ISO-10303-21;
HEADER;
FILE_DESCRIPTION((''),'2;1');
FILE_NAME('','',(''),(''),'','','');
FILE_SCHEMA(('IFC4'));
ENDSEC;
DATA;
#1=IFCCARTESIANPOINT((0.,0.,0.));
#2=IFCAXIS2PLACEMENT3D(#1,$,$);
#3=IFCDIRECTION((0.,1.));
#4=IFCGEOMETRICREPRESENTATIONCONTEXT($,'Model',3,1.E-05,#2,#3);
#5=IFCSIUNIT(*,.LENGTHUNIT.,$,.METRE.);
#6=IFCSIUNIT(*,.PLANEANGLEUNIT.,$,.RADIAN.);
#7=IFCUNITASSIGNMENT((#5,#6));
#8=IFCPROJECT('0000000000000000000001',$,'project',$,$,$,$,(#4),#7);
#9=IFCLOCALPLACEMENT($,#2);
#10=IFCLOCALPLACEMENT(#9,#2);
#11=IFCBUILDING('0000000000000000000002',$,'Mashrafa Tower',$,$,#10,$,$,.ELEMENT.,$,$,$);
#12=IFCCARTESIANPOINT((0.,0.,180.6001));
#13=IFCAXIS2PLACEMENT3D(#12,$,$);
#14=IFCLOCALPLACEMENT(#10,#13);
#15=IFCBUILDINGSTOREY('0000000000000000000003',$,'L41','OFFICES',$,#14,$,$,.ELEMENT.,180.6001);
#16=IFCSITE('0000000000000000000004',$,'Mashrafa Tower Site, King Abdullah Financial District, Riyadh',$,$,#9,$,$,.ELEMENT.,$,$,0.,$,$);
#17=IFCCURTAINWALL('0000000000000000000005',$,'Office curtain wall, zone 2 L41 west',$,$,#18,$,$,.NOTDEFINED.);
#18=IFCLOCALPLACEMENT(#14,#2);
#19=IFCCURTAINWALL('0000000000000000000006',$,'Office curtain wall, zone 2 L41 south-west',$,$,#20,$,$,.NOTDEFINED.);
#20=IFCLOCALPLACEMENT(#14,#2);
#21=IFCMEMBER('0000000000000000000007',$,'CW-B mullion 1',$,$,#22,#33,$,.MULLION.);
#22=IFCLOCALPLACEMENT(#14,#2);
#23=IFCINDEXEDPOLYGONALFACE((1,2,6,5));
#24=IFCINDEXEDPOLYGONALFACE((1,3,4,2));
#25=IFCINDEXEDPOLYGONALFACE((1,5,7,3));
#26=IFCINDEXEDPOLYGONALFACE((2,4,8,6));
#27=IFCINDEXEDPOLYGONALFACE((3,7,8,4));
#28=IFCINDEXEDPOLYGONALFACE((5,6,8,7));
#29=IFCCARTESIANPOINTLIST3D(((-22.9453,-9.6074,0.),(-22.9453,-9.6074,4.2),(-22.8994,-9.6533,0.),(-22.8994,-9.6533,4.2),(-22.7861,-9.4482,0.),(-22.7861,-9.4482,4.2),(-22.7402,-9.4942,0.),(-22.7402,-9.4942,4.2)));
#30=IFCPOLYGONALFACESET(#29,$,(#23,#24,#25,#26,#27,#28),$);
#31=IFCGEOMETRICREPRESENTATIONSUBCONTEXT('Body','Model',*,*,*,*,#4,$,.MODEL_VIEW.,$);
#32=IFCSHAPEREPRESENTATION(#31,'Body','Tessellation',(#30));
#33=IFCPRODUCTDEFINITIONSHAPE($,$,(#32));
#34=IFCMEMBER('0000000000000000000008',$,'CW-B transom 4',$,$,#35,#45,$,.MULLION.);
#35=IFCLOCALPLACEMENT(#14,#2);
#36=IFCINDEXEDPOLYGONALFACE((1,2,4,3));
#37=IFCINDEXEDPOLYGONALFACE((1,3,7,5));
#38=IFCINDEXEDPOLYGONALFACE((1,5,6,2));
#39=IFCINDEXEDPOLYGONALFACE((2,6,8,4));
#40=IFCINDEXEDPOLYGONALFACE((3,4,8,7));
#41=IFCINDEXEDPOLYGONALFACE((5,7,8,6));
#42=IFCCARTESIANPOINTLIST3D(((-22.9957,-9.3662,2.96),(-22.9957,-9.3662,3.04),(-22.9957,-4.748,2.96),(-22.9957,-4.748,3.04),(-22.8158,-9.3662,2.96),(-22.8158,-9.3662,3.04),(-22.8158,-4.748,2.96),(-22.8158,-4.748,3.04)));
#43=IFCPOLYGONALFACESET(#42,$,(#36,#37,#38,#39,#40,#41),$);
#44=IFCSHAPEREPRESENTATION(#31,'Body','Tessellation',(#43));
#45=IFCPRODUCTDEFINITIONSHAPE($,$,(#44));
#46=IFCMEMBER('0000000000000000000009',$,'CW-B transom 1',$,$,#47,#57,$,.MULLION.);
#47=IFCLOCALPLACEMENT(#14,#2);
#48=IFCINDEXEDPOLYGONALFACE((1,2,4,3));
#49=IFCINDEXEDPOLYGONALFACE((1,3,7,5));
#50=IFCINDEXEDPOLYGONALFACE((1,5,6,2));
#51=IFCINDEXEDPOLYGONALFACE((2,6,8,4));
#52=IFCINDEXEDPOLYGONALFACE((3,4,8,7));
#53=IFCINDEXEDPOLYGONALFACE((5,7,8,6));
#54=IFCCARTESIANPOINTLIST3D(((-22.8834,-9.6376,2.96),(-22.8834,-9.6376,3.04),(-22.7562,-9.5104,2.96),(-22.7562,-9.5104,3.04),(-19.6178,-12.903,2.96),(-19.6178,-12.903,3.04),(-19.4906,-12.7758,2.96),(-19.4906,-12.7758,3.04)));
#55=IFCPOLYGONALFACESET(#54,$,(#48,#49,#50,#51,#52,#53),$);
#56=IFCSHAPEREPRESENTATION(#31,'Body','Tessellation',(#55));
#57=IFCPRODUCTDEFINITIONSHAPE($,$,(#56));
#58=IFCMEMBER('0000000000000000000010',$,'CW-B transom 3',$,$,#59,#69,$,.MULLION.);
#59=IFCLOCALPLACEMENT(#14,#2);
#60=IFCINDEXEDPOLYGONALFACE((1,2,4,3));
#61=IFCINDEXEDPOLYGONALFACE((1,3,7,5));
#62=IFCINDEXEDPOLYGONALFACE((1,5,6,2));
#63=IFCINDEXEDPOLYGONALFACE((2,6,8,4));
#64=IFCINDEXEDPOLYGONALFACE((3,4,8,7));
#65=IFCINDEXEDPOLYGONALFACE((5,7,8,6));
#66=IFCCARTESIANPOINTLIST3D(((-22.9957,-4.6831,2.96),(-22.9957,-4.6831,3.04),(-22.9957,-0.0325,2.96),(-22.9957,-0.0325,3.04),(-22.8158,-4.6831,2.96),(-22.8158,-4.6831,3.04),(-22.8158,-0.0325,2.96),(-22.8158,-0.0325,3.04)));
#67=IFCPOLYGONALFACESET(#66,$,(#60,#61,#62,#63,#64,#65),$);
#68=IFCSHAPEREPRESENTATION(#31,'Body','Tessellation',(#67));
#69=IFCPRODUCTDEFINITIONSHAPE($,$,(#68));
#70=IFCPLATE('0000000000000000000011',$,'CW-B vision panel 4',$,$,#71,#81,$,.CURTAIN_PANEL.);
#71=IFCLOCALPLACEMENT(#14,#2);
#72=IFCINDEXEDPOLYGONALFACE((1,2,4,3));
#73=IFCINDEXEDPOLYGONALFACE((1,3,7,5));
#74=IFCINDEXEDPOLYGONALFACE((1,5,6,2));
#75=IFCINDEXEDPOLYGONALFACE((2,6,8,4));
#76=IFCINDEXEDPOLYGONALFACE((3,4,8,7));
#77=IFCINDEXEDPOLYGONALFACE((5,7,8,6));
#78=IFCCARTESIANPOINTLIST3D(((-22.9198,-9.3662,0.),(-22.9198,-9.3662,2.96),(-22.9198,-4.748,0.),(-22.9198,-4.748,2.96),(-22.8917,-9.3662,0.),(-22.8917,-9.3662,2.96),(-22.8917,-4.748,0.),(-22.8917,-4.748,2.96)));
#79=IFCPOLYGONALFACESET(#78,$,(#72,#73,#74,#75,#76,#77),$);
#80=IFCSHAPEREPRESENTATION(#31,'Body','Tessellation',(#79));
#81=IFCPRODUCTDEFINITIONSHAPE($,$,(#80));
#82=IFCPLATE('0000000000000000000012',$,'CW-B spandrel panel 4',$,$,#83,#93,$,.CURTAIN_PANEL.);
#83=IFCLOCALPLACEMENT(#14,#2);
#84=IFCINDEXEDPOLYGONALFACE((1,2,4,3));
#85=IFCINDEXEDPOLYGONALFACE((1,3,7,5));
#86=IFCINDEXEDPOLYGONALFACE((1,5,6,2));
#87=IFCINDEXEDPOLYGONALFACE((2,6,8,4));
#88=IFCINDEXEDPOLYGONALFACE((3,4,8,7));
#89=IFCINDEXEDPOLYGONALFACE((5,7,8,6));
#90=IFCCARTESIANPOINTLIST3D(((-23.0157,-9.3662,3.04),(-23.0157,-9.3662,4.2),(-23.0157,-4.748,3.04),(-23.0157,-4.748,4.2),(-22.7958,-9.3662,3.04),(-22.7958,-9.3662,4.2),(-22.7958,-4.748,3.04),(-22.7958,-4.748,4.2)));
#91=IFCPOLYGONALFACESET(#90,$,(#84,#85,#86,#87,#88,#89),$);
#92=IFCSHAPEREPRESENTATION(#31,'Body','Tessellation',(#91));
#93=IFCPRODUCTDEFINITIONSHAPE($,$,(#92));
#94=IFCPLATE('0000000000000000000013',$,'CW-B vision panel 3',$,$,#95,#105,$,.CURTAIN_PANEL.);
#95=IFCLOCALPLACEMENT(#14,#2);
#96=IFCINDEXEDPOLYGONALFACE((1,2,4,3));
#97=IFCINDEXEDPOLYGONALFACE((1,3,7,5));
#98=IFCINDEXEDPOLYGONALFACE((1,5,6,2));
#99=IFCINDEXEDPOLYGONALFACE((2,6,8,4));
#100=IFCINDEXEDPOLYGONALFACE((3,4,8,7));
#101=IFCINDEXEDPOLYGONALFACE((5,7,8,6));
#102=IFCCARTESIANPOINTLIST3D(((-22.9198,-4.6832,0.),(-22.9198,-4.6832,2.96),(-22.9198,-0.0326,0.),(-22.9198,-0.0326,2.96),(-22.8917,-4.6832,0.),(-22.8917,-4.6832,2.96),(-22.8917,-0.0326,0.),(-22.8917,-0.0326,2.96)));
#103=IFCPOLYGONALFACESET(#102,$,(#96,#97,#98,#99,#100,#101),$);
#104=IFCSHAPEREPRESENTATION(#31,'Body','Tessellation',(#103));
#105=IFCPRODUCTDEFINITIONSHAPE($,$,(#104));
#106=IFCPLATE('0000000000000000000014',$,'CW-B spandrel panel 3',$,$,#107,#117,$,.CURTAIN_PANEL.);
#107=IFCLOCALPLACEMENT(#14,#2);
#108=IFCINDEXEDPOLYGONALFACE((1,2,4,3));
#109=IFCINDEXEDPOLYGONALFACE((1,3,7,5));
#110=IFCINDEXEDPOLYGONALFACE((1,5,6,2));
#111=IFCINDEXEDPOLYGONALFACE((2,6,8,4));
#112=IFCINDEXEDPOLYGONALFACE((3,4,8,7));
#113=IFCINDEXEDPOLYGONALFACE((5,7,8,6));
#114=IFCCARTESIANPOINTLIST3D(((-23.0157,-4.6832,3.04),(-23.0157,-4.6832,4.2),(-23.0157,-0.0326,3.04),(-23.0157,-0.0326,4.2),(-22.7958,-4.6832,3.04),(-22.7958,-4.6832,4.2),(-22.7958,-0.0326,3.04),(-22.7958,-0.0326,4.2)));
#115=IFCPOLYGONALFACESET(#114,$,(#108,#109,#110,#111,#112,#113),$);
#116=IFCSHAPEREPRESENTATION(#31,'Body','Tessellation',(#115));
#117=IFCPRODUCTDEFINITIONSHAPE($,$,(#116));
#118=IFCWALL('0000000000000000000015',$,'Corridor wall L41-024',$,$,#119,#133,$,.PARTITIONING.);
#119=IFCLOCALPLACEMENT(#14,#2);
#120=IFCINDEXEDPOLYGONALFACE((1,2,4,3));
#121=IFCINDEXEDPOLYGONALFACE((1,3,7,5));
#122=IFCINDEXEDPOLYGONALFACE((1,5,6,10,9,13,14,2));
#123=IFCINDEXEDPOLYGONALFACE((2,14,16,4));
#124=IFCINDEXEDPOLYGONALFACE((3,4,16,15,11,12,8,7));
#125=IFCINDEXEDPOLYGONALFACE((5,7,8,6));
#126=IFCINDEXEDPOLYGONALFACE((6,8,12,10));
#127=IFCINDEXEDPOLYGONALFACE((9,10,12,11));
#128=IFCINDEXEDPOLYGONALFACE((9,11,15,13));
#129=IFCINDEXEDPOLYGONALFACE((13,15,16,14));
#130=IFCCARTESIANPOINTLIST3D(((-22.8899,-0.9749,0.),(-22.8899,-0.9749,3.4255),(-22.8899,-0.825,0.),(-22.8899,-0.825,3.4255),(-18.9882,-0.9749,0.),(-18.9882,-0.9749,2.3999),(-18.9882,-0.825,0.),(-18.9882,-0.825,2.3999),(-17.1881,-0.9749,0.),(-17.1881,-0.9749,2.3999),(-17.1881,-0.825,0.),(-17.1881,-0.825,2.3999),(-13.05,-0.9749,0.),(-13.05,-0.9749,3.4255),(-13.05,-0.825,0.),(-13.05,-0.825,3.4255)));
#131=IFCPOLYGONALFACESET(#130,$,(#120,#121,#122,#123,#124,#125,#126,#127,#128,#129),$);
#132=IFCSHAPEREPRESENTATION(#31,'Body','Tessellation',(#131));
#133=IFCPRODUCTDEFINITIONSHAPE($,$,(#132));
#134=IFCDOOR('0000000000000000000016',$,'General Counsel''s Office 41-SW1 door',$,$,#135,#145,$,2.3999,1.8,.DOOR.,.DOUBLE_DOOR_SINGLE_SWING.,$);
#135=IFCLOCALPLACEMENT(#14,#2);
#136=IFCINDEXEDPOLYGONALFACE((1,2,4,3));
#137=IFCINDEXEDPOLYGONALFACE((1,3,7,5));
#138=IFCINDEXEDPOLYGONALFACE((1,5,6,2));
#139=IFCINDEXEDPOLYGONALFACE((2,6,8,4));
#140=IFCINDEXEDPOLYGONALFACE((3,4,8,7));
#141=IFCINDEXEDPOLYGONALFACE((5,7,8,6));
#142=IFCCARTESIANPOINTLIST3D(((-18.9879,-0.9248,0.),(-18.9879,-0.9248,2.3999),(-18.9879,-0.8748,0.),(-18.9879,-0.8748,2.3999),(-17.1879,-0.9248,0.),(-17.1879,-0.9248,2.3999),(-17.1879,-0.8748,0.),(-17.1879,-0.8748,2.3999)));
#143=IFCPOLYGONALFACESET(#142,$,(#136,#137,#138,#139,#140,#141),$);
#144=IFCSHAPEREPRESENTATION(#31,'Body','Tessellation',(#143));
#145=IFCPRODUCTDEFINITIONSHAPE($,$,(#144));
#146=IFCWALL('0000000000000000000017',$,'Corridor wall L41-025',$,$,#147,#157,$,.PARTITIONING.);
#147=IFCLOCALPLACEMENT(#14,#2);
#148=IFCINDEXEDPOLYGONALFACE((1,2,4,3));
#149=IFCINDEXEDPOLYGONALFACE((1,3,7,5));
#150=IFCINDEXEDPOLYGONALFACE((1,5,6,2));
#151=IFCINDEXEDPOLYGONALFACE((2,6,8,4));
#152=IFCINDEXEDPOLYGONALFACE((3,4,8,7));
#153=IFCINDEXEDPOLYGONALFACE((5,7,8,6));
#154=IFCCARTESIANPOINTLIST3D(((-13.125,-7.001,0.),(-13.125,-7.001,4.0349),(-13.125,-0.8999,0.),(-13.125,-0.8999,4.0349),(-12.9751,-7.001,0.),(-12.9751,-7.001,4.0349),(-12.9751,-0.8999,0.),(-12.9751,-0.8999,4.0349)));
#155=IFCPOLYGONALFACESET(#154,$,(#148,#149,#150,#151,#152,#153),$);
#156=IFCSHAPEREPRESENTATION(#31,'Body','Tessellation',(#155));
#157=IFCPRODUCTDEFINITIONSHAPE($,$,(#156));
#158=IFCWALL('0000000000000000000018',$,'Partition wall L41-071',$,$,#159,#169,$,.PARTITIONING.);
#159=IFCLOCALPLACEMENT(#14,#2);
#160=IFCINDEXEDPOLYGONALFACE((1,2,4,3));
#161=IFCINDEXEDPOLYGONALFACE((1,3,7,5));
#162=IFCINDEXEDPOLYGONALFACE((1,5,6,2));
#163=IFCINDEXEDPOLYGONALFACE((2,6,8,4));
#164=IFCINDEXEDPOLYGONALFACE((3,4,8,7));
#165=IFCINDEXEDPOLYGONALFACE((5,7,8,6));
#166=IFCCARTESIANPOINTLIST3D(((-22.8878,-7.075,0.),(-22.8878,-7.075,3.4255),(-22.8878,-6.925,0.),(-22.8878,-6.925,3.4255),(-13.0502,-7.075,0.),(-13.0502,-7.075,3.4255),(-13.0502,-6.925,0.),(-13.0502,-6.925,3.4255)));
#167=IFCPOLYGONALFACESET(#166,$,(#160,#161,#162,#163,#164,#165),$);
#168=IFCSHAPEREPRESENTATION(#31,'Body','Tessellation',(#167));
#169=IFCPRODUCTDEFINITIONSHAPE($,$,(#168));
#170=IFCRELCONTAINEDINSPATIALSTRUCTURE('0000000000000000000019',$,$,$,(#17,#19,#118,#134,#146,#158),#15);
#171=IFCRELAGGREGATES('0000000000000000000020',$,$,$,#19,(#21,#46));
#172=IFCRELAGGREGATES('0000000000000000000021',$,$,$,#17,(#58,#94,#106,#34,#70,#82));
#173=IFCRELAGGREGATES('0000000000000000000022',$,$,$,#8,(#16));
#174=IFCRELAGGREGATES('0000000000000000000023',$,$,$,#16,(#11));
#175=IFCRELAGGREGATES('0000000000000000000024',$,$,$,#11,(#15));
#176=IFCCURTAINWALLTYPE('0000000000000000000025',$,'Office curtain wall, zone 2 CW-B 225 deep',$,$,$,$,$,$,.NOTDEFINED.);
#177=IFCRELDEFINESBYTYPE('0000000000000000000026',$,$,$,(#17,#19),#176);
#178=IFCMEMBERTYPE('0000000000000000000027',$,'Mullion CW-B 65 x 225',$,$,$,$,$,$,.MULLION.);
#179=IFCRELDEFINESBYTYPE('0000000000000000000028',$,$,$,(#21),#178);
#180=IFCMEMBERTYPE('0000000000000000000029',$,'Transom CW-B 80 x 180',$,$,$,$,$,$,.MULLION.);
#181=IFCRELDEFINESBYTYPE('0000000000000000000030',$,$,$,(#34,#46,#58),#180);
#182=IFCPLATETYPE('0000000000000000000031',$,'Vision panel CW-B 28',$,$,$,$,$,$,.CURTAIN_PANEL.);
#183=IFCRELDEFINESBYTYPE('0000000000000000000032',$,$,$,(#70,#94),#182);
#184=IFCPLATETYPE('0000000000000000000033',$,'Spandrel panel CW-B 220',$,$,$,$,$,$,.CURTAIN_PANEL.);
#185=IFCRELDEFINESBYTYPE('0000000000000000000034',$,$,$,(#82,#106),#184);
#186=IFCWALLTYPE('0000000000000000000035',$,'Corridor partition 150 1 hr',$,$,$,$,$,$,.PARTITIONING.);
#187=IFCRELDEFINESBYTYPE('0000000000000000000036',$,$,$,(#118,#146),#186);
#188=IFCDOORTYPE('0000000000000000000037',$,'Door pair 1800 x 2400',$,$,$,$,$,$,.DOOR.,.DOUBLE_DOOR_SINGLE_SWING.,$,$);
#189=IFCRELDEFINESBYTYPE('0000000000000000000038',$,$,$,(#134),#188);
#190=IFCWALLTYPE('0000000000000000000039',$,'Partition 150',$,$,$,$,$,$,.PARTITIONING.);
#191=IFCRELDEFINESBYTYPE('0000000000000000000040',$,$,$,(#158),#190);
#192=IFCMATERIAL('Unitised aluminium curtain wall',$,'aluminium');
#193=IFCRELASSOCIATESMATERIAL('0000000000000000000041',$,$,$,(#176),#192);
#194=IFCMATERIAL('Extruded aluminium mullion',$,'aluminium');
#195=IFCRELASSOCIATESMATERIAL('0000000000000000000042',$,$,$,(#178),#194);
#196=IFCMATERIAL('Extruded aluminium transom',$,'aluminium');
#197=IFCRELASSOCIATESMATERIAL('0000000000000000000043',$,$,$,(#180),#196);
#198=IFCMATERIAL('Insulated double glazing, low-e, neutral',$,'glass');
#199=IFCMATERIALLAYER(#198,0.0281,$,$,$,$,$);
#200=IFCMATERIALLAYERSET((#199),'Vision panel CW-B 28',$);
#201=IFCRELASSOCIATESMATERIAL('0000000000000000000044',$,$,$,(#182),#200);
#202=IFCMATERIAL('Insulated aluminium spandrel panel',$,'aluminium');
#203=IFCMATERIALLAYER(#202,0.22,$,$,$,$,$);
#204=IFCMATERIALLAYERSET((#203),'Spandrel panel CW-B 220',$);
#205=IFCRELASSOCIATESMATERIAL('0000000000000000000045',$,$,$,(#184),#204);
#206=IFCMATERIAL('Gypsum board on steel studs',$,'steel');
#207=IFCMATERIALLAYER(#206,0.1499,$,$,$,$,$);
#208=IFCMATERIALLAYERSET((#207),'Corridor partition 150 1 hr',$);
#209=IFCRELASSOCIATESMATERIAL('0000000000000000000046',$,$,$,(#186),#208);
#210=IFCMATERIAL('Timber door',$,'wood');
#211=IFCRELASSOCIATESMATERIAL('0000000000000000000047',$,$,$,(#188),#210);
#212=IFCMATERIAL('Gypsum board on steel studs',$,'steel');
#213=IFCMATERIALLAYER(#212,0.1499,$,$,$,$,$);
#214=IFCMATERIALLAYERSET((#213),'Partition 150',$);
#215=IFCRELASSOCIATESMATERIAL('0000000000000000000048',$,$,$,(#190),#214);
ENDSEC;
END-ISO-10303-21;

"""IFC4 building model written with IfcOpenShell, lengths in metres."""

from ifc_helpers import new_model, si_unit, direction, frame, frame_2d, origin, origin_2d, place, context, subcontext, project, spatial, rectangle, extrude, source, transform, mapped, material, layer, layer_set, material_profile, profile_set, type_object, type_shapes, element, fill, aggregate, save


model = new_model("IFC4")

# Units and contexts
model_context = context("Model", 3, precision=1e-05, world=origin(), true_north=direction((0.0, 1.0)))
body_context = subcontext(model_context, "Body", "Model", "MODEL_VIEW")
ifc_project = project(units=[si_unit("LENGTHUNIT", "METRE"), si_unit("PLANEANGLEUNIT", "RADIAN")], contexts=[model_context])

# Site, building, storey
site_placement = place(None, origin())
site = spatial("IfcSite", under=ifc_project, at=site_placement, Name="Mashrafa Tower Site, King Abdullah Financial District, Riyadh", CompositionType="ELEMENT", RefElevation=0.0)
building_placement = place(site_placement, origin())
building = spatial("IfcBuilding", under=site, at=building_placement, Name="Mashrafa Tower", CompositionType="ELEMENT")
storey_placement = place(building_placement, frame((0.0, 0.0, 180.6001)))
storey = spatial("IfcBuildingStorey", under=building, at=storey_placement, Name="L41", Description="OFFICES", CompositionType="ELEMENT", Elevation=180.6001)

# Curtain wall
ifc_material_1 = material(Name="Unitised aluminium curtain wall", Category="aluminium")
curtain_wall_type = type_object("IfcCurtainWallType", Name="Office curtain wall, zone 2 CW-B 225 deep", PredefinedType="NOTDEFINED", material=ifc_material_1)
curtain_wall_1_placement = place(storey_placement, origin())
curtain_wall_1 = element("IfcCurtainWall", 1, at=curtain_wall_1_placement, inside=storey, type_object=curtain_wall_type, Name="Office curtain wall, zone 2 L41 west", PredefinedType="NOTDEFINED")
ifc_material_2 = material(Name="Extruded aluminium mullion", Category="aluminium")
ifc_material_profile_1 = material_profile(ifc_material_2, rectangle(XDim=0.2251, YDim=0.0649, at=origin_2d()), Name="Mullion 65x225")
ifc_profile_set_1 = profile_set([ifc_material_profile_1], Name="Extruded aluminium mullion")
member_type_1 = type_object("IfcMemberType", Name="Mullion CW-B 65 x 225", PredefinedType="MULLION", material=ifc_profile_set_1)
shared_shape_1 = source(origin(), body_context, "Body", "SweptSolid", [
    extrude(rectangle(XDim=0.2251, YDim=0.0649, at=origin_2d()), origin(), (0.0, 0.0, 1.0), 4.2),
])
type_shapes(member_type_1, [shared_shape_1])

# Curtain wall, member
curtain_wall_2_placement = place(storey_placement, origin())
curtain_wall_2 = element("IfcCurtainWall", 2, at=curtain_wall_2_placement, inside=storey, type_object=curtain_wall_type, Name="Office curtain wall, zone 2 L41 south-west", PredefinedType="NOTDEFINED")
member_1_placement = place(storey_placement, frame((-22.8428, -9.5508, 0.0), z_axis=(0.0, 0.0, 1.0), x_axis=(0.707107, 0.707107, 0.0)))
member_1 = element("IfcMember", 3, at=member_1_placement, type_object=member_type_1, Name="CW-B mullion 1", PredefinedType="MULLION", context=body_context, shape_type="MappedRepresentation", body=[
    mapped(shared_shape_1, transform((0.0, 0.0, 0.0))),
])

# Members
ifc_material_3 = material(Name="Extruded aluminium transom", Category="aluminium")
ifc_material_profile_2 = material_profile(ifc_material_3, rectangle(XDim=0.1799, YDim=0.0801, at=origin_2d()), Name="Transom 80x180")
ifc_profile_set_2 = profile_set([ifc_material_profile_2], Name="Extruded aluminium transom")
member_type_2 = type_object("IfcMemberType", Name="Transom CW-B 80 x 180", PredefinedType="MULLION", material=ifc_profile_set_2)
shared_shape_2 = source(origin(), body_context, "Body", "SweptSolid", [
    extrude(rectangle(XDim=0.1799, YDim=0.0801, at=origin_2d()), origin(), (0.0, 0.0, 1.0), 4.6182),
])
member_2_placement = place(storey_placement, frame((-22.9058, -4.748, 3.0), z_axis=(0.0, -1.0, 0.0), x_axis=(1.0, 0.0, 0.0)))
member_2 = element("IfcMember", 4, at=member_2_placement, type_object=member_type_2, Name="CW-B transom 4", PredefinedType="MULLION", context=body_context, shape_type="MappedRepresentation", body=[
    mapped(shared_shape_2, transform((0.0, 0.0, 0.0))),
])
member_3_placement = place(storey_placement, frame((-22.8198, -9.574, 3.0), z_axis=(0.707133, -0.70708, 0.0), x_axis=(0.70708, 0.707133, 0.0)))
member_3 = element("IfcMember", 5, at=member_3_placement, type_object=member_type_2, Name="CW-B transom 1", PredefinedType="MULLION", context=body_context, shape_type="MappedRepresentation", body=[
    mapped(shared_shape_2, transform((0.0, 0.0, 0.0))),
])
aggregate(curtain_wall_2, [member_1, member_3])
shared_shape_3 = source(origin(), body_context, "Body", "SweptSolid", [
    extrude(rectangle(XDim=0.1799, YDim=0.0801, at=origin_2d()), origin(), (0.0, 0.0, 1.0), 4.6506),
])
type_shapes(member_type_2, [shared_shape_2, shared_shape_3])
member_4_placement = place(storey_placement, frame((-22.9058, -0.0325, 3.0), z_axis=(0.0, -1.0, 0.0), x_axis=(1.0, 0.0, 0.0)))
member_4 = element("IfcMember", 6, at=member_4_placement, type_object=member_type_2, Name="CW-B transom 3", PredefinedType="MULLION", context=body_context, shape_type="MappedRepresentation", body=[
    mapped(shared_shape_3, transform((0.0, 0.0, 0.0))),
])

# Plates
ifc_material_4 = material(Name="Insulated double glazing, low-e, neutral", Category="glass")
ifc_layer_1 = layer(ifc_material_4, 0.0281)
ifc_layer_set_1 = layer_set([ifc_layer_1], Name="Vision panel CW-B 28")
plate_type_1 = type_object("IfcPlateType", Name="Vision panel CW-B 28", PredefinedType="CURTAIN_PANEL", material=ifc_layer_set_1)
shared_shape_4 = source(origin(), body_context, "Body", "SweptSolid", [
    extrude(rectangle(XDim=4.6182, YDim=0.0281, at=origin_2d()), origin(), (0.0, 0.0, 1.0), 2.96),
])
plate_1_placement = place(storey_placement, frame((-22.9058, -7.0571, 0.0), z_axis=(0.0, 0.0, 1.0), x_axis=(0.0, -1.0, 0.0)))
plate_1 = element("IfcPlate", 7, at=plate_1_placement, type_object=plate_type_1, Name="CW-B vision panel 4", PredefinedType="CURTAIN_PANEL", context=body_context, shape_type="MappedRepresentation", body=[
    mapped(shared_shape_4, transform((0.0, 0.0, 0.0))),
])
ifc_material_5 = material(Name="Insulated aluminium spandrel panel", Category="aluminium")
ifc_layer_2 = layer(ifc_material_5, 0.22)
ifc_layer_set_2 = layer_set([ifc_layer_2], Name="Spandrel panel CW-B 220")
plate_type_2 = type_object("IfcPlateType", Name="Spandrel panel CW-B 220", PredefinedType="CURTAIN_PANEL", material=ifc_layer_set_2)
shared_shape_5 = source(origin(), body_context, "Body", "SweptSolid", [
    extrude(rectangle(XDim=4.6182, YDim=0.22, at=origin_2d()), origin(), (0.0, 0.0, 1.0), 1.1599),
])
plate_2_placement = place(storey_placement, frame((-22.9058, -7.0571, 3.04), z_axis=(0.0, 0.0, 1.0), x_axis=(0.0, -1.0, 0.0)))
plate_2 = element("IfcPlate", 8, at=plate_2_placement, type_object=plate_type_2, Name="CW-B spandrel panel 4", PredefinedType="CURTAIN_PANEL", context=body_context, shape_type="MappedRepresentation", body=[
    mapped(shared_shape_5, transform((0.0, 0.0, 0.0))),
])
shared_shape_6 = source(origin(), body_context, "Body", "SweptSolid", [
    extrude(rectangle(XDim=4.6506, YDim=0.0281, at=origin_2d()), origin(), (0.0, 0.0, 1.0), 2.96),
])
type_shapes(plate_type_1, [shared_shape_4, shared_shape_6])
plate_3_placement = place(storey_placement, frame((-22.9058, -2.3579, 0.0), z_axis=(0.0, 0.0, 1.0), x_axis=(0.0, -1.0, 0.0)))
plate_3 = element("IfcPlate", 9, at=plate_3_placement, type_object=plate_type_1, Name="CW-B vision panel 3", PredefinedType="CURTAIN_PANEL", context=body_context, shape_type="MappedRepresentation", body=[
    mapped(shared_shape_6, transform((0.0, 0.0, 0.0))),
])
shared_shape_7 = source(origin(), body_context, "Body", "SweptSolid", [
    extrude(rectangle(XDim=4.6506, YDim=0.22, at=origin_2d()), origin(), (0.0, 0.0, 1.0), 1.1599),
])
type_shapes(plate_type_2, [shared_shape_5, shared_shape_7])
plate_4_placement = place(storey_placement, frame((-22.9058, -2.3579, 3.04), z_axis=(0.0, 0.0, 1.0), x_axis=(0.0, -1.0, 0.0)))
plate_4 = element("IfcPlate", 10, at=plate_4_placement, type_object=plate_type_2, Name="CW-B spandrel panel 3", PredefinedType="CURTAIN_PANEL", context=body_context, shape_type="MappedRepresentation", body=[
    mapped(shared_shape_7, transform((0.0, 0.0, 0.0))),
])
aggregate(curtain_wall_1, [member_4, plate_3, plate_4, member_2, plate_1, plate_2])

# Wall, opening, door
ifc_material_6 = material(Name="Gypsum board on steel studs", Category="steel")
ifc_layer_3 = layer(ifc_material_6, 0.1499)
ifc_layer_set_3 = layer_set([ifc_layer_3], Name="Corridor partition 150 1 hr")
wall_type_1 = type_object("IfcWallType", Name="Corridor partition 150 1 hr", PredefinedType="PARTITIONING", material=ifc_layer_set_3)
ifc_material_7 = material(Name="Timber door", Category="wood")
door_type = type_object("IfcDoorType", Name="Door pair 1800 x 2400", OperationType="DOUBLE_DOOR_SINGLE_SWING", PredefinedType="DOOR", material=ifc_material_7)
wall_1_placement = place(storey_placement, frame((-22.8899, -0.8999, 0.0), z_axis=(0.0, 0.0, 1.0), x_axis=(1.0, 0.0, 0.0)))
wall_1 = element("IfcWall", 11, at=wall_1_placement, inside=storey, type_object=wall_type_1, Name="Corridor wall L41-024", PredefinedType="PARTITIONING", context=body_context, shape_type="SweptSolid", body=[
    extrude(rectangle(XDim=9.8398, YDim=0.1499, at=frame_2d((4.9199, 0.0))), origin(), (0.0, 0.0, 1.0), 3.4255),
])
opening_1_placement = place(wall_1_placement, frame((3.9019, 0.0, 0.0)))
opening_1 = element("IfcOpeningElement", 12, at=opening_1_placement, cuts=wall_1, PredefinedType="OPENING", context=body_context, shape_type="SweptSolid", body=[
    extrude(rectangle(XDim=1.8, YDim=2.3999, at=frame_2d((0.8999, 1.2))), frame((0.0, 0.085, 0.0), z_axis=(0.0, -1.0, 0.0), x_axis=(1.0, 0.0, 0.0)), (0.0, 0.0, 1.0), 0.1699),
])
door_1_placement = place(opening_1_placement, frame((1.8, 0.0, 0.0), z_axis=(0.0, 0.0, 1.0), x_axis=(-1.0, 0.0, 0.0)))
door_1 = element("IfcDoor", 13, at=door_1_placement, inside=storey, type_object=door_type, Name="General Counsel's Office 41-SW1 door", OperationType="DOUBLE_DOOR_SINGLE_SWING", OverallHeight=2.3999, OverallWidth=1.8, PredefinedType="DOOR", context=body_context, shape_type="SweptSolid", body=[
    extrude(rectangle(XDim=1.8, YDim=2.3999, at=frame_2d((0.8999, 1.2))), frame((0.0, 0.0249, 0.0), z_axis=(0.0, -1.0, 0.0), x_axis=(1.0, 0.0, 0.0)), (0.0, 0.0, 1.0), 0.05),
])
fill(opening_1, door_1)

# Wall
wall_2_placement = place(storey_placement, frame((-13.05, -0.8999, 0.0), z_axis=(0.0, 0.0, 1.0), x_axis=(0.0, -1.0, 0.0)))
element("IfcWall", 14, at=wall_2_placement, inside=storey, type_object=wall_type_1, Name="Corridor wall L41-025", PredefinedType="PARTITIONING", context=body_context, shape_type="SweptSolid", body=[
    extrude(rectangle(XDim=6.1011, YDim=0.1499, at=frame_2d((3.0505, 0.0))), origin(), (0.0, 0.0, 1.0), 4.0349),
])

# Shared definitions
ifc_material_8 = material(Name="Gypsum board on steel studs", Category="steel")
ifc_layer_4 = layer(ifc_material_8, 0.1499)
ifc_layer_set_4 = layer_set([ifc_layer_4], Name="Partition 150")
wall_type_2 = type_object("IfcWallType", Name="Partition 150", PredefinedType="PARTITIONING", material=ifc_layer_set_4)

# Wall
wall_3_placement = place(storey_placement, frame((-13.05, -7.0, 0.0), z_axis=(0.0, 0.0, 1.0), x_axis=(-1.0, 0.0, 0.0)))
element("IfcWall", 15, at=wall_3_placement, inside=storey, type_object=wall_type_2, Name="Partition wall L41-071", PredefinedType="PARTITIONING", context=body_context, shape_type="SweptSolid", body=[
    extrude(rectangle(XDim=9.8376, YDim=0.1499, at=frame_2d((4.9189, 0.0))), origin(), (0.0, 0.0, 1.0), 3.4255),
])

save(model, "model.ifc")
